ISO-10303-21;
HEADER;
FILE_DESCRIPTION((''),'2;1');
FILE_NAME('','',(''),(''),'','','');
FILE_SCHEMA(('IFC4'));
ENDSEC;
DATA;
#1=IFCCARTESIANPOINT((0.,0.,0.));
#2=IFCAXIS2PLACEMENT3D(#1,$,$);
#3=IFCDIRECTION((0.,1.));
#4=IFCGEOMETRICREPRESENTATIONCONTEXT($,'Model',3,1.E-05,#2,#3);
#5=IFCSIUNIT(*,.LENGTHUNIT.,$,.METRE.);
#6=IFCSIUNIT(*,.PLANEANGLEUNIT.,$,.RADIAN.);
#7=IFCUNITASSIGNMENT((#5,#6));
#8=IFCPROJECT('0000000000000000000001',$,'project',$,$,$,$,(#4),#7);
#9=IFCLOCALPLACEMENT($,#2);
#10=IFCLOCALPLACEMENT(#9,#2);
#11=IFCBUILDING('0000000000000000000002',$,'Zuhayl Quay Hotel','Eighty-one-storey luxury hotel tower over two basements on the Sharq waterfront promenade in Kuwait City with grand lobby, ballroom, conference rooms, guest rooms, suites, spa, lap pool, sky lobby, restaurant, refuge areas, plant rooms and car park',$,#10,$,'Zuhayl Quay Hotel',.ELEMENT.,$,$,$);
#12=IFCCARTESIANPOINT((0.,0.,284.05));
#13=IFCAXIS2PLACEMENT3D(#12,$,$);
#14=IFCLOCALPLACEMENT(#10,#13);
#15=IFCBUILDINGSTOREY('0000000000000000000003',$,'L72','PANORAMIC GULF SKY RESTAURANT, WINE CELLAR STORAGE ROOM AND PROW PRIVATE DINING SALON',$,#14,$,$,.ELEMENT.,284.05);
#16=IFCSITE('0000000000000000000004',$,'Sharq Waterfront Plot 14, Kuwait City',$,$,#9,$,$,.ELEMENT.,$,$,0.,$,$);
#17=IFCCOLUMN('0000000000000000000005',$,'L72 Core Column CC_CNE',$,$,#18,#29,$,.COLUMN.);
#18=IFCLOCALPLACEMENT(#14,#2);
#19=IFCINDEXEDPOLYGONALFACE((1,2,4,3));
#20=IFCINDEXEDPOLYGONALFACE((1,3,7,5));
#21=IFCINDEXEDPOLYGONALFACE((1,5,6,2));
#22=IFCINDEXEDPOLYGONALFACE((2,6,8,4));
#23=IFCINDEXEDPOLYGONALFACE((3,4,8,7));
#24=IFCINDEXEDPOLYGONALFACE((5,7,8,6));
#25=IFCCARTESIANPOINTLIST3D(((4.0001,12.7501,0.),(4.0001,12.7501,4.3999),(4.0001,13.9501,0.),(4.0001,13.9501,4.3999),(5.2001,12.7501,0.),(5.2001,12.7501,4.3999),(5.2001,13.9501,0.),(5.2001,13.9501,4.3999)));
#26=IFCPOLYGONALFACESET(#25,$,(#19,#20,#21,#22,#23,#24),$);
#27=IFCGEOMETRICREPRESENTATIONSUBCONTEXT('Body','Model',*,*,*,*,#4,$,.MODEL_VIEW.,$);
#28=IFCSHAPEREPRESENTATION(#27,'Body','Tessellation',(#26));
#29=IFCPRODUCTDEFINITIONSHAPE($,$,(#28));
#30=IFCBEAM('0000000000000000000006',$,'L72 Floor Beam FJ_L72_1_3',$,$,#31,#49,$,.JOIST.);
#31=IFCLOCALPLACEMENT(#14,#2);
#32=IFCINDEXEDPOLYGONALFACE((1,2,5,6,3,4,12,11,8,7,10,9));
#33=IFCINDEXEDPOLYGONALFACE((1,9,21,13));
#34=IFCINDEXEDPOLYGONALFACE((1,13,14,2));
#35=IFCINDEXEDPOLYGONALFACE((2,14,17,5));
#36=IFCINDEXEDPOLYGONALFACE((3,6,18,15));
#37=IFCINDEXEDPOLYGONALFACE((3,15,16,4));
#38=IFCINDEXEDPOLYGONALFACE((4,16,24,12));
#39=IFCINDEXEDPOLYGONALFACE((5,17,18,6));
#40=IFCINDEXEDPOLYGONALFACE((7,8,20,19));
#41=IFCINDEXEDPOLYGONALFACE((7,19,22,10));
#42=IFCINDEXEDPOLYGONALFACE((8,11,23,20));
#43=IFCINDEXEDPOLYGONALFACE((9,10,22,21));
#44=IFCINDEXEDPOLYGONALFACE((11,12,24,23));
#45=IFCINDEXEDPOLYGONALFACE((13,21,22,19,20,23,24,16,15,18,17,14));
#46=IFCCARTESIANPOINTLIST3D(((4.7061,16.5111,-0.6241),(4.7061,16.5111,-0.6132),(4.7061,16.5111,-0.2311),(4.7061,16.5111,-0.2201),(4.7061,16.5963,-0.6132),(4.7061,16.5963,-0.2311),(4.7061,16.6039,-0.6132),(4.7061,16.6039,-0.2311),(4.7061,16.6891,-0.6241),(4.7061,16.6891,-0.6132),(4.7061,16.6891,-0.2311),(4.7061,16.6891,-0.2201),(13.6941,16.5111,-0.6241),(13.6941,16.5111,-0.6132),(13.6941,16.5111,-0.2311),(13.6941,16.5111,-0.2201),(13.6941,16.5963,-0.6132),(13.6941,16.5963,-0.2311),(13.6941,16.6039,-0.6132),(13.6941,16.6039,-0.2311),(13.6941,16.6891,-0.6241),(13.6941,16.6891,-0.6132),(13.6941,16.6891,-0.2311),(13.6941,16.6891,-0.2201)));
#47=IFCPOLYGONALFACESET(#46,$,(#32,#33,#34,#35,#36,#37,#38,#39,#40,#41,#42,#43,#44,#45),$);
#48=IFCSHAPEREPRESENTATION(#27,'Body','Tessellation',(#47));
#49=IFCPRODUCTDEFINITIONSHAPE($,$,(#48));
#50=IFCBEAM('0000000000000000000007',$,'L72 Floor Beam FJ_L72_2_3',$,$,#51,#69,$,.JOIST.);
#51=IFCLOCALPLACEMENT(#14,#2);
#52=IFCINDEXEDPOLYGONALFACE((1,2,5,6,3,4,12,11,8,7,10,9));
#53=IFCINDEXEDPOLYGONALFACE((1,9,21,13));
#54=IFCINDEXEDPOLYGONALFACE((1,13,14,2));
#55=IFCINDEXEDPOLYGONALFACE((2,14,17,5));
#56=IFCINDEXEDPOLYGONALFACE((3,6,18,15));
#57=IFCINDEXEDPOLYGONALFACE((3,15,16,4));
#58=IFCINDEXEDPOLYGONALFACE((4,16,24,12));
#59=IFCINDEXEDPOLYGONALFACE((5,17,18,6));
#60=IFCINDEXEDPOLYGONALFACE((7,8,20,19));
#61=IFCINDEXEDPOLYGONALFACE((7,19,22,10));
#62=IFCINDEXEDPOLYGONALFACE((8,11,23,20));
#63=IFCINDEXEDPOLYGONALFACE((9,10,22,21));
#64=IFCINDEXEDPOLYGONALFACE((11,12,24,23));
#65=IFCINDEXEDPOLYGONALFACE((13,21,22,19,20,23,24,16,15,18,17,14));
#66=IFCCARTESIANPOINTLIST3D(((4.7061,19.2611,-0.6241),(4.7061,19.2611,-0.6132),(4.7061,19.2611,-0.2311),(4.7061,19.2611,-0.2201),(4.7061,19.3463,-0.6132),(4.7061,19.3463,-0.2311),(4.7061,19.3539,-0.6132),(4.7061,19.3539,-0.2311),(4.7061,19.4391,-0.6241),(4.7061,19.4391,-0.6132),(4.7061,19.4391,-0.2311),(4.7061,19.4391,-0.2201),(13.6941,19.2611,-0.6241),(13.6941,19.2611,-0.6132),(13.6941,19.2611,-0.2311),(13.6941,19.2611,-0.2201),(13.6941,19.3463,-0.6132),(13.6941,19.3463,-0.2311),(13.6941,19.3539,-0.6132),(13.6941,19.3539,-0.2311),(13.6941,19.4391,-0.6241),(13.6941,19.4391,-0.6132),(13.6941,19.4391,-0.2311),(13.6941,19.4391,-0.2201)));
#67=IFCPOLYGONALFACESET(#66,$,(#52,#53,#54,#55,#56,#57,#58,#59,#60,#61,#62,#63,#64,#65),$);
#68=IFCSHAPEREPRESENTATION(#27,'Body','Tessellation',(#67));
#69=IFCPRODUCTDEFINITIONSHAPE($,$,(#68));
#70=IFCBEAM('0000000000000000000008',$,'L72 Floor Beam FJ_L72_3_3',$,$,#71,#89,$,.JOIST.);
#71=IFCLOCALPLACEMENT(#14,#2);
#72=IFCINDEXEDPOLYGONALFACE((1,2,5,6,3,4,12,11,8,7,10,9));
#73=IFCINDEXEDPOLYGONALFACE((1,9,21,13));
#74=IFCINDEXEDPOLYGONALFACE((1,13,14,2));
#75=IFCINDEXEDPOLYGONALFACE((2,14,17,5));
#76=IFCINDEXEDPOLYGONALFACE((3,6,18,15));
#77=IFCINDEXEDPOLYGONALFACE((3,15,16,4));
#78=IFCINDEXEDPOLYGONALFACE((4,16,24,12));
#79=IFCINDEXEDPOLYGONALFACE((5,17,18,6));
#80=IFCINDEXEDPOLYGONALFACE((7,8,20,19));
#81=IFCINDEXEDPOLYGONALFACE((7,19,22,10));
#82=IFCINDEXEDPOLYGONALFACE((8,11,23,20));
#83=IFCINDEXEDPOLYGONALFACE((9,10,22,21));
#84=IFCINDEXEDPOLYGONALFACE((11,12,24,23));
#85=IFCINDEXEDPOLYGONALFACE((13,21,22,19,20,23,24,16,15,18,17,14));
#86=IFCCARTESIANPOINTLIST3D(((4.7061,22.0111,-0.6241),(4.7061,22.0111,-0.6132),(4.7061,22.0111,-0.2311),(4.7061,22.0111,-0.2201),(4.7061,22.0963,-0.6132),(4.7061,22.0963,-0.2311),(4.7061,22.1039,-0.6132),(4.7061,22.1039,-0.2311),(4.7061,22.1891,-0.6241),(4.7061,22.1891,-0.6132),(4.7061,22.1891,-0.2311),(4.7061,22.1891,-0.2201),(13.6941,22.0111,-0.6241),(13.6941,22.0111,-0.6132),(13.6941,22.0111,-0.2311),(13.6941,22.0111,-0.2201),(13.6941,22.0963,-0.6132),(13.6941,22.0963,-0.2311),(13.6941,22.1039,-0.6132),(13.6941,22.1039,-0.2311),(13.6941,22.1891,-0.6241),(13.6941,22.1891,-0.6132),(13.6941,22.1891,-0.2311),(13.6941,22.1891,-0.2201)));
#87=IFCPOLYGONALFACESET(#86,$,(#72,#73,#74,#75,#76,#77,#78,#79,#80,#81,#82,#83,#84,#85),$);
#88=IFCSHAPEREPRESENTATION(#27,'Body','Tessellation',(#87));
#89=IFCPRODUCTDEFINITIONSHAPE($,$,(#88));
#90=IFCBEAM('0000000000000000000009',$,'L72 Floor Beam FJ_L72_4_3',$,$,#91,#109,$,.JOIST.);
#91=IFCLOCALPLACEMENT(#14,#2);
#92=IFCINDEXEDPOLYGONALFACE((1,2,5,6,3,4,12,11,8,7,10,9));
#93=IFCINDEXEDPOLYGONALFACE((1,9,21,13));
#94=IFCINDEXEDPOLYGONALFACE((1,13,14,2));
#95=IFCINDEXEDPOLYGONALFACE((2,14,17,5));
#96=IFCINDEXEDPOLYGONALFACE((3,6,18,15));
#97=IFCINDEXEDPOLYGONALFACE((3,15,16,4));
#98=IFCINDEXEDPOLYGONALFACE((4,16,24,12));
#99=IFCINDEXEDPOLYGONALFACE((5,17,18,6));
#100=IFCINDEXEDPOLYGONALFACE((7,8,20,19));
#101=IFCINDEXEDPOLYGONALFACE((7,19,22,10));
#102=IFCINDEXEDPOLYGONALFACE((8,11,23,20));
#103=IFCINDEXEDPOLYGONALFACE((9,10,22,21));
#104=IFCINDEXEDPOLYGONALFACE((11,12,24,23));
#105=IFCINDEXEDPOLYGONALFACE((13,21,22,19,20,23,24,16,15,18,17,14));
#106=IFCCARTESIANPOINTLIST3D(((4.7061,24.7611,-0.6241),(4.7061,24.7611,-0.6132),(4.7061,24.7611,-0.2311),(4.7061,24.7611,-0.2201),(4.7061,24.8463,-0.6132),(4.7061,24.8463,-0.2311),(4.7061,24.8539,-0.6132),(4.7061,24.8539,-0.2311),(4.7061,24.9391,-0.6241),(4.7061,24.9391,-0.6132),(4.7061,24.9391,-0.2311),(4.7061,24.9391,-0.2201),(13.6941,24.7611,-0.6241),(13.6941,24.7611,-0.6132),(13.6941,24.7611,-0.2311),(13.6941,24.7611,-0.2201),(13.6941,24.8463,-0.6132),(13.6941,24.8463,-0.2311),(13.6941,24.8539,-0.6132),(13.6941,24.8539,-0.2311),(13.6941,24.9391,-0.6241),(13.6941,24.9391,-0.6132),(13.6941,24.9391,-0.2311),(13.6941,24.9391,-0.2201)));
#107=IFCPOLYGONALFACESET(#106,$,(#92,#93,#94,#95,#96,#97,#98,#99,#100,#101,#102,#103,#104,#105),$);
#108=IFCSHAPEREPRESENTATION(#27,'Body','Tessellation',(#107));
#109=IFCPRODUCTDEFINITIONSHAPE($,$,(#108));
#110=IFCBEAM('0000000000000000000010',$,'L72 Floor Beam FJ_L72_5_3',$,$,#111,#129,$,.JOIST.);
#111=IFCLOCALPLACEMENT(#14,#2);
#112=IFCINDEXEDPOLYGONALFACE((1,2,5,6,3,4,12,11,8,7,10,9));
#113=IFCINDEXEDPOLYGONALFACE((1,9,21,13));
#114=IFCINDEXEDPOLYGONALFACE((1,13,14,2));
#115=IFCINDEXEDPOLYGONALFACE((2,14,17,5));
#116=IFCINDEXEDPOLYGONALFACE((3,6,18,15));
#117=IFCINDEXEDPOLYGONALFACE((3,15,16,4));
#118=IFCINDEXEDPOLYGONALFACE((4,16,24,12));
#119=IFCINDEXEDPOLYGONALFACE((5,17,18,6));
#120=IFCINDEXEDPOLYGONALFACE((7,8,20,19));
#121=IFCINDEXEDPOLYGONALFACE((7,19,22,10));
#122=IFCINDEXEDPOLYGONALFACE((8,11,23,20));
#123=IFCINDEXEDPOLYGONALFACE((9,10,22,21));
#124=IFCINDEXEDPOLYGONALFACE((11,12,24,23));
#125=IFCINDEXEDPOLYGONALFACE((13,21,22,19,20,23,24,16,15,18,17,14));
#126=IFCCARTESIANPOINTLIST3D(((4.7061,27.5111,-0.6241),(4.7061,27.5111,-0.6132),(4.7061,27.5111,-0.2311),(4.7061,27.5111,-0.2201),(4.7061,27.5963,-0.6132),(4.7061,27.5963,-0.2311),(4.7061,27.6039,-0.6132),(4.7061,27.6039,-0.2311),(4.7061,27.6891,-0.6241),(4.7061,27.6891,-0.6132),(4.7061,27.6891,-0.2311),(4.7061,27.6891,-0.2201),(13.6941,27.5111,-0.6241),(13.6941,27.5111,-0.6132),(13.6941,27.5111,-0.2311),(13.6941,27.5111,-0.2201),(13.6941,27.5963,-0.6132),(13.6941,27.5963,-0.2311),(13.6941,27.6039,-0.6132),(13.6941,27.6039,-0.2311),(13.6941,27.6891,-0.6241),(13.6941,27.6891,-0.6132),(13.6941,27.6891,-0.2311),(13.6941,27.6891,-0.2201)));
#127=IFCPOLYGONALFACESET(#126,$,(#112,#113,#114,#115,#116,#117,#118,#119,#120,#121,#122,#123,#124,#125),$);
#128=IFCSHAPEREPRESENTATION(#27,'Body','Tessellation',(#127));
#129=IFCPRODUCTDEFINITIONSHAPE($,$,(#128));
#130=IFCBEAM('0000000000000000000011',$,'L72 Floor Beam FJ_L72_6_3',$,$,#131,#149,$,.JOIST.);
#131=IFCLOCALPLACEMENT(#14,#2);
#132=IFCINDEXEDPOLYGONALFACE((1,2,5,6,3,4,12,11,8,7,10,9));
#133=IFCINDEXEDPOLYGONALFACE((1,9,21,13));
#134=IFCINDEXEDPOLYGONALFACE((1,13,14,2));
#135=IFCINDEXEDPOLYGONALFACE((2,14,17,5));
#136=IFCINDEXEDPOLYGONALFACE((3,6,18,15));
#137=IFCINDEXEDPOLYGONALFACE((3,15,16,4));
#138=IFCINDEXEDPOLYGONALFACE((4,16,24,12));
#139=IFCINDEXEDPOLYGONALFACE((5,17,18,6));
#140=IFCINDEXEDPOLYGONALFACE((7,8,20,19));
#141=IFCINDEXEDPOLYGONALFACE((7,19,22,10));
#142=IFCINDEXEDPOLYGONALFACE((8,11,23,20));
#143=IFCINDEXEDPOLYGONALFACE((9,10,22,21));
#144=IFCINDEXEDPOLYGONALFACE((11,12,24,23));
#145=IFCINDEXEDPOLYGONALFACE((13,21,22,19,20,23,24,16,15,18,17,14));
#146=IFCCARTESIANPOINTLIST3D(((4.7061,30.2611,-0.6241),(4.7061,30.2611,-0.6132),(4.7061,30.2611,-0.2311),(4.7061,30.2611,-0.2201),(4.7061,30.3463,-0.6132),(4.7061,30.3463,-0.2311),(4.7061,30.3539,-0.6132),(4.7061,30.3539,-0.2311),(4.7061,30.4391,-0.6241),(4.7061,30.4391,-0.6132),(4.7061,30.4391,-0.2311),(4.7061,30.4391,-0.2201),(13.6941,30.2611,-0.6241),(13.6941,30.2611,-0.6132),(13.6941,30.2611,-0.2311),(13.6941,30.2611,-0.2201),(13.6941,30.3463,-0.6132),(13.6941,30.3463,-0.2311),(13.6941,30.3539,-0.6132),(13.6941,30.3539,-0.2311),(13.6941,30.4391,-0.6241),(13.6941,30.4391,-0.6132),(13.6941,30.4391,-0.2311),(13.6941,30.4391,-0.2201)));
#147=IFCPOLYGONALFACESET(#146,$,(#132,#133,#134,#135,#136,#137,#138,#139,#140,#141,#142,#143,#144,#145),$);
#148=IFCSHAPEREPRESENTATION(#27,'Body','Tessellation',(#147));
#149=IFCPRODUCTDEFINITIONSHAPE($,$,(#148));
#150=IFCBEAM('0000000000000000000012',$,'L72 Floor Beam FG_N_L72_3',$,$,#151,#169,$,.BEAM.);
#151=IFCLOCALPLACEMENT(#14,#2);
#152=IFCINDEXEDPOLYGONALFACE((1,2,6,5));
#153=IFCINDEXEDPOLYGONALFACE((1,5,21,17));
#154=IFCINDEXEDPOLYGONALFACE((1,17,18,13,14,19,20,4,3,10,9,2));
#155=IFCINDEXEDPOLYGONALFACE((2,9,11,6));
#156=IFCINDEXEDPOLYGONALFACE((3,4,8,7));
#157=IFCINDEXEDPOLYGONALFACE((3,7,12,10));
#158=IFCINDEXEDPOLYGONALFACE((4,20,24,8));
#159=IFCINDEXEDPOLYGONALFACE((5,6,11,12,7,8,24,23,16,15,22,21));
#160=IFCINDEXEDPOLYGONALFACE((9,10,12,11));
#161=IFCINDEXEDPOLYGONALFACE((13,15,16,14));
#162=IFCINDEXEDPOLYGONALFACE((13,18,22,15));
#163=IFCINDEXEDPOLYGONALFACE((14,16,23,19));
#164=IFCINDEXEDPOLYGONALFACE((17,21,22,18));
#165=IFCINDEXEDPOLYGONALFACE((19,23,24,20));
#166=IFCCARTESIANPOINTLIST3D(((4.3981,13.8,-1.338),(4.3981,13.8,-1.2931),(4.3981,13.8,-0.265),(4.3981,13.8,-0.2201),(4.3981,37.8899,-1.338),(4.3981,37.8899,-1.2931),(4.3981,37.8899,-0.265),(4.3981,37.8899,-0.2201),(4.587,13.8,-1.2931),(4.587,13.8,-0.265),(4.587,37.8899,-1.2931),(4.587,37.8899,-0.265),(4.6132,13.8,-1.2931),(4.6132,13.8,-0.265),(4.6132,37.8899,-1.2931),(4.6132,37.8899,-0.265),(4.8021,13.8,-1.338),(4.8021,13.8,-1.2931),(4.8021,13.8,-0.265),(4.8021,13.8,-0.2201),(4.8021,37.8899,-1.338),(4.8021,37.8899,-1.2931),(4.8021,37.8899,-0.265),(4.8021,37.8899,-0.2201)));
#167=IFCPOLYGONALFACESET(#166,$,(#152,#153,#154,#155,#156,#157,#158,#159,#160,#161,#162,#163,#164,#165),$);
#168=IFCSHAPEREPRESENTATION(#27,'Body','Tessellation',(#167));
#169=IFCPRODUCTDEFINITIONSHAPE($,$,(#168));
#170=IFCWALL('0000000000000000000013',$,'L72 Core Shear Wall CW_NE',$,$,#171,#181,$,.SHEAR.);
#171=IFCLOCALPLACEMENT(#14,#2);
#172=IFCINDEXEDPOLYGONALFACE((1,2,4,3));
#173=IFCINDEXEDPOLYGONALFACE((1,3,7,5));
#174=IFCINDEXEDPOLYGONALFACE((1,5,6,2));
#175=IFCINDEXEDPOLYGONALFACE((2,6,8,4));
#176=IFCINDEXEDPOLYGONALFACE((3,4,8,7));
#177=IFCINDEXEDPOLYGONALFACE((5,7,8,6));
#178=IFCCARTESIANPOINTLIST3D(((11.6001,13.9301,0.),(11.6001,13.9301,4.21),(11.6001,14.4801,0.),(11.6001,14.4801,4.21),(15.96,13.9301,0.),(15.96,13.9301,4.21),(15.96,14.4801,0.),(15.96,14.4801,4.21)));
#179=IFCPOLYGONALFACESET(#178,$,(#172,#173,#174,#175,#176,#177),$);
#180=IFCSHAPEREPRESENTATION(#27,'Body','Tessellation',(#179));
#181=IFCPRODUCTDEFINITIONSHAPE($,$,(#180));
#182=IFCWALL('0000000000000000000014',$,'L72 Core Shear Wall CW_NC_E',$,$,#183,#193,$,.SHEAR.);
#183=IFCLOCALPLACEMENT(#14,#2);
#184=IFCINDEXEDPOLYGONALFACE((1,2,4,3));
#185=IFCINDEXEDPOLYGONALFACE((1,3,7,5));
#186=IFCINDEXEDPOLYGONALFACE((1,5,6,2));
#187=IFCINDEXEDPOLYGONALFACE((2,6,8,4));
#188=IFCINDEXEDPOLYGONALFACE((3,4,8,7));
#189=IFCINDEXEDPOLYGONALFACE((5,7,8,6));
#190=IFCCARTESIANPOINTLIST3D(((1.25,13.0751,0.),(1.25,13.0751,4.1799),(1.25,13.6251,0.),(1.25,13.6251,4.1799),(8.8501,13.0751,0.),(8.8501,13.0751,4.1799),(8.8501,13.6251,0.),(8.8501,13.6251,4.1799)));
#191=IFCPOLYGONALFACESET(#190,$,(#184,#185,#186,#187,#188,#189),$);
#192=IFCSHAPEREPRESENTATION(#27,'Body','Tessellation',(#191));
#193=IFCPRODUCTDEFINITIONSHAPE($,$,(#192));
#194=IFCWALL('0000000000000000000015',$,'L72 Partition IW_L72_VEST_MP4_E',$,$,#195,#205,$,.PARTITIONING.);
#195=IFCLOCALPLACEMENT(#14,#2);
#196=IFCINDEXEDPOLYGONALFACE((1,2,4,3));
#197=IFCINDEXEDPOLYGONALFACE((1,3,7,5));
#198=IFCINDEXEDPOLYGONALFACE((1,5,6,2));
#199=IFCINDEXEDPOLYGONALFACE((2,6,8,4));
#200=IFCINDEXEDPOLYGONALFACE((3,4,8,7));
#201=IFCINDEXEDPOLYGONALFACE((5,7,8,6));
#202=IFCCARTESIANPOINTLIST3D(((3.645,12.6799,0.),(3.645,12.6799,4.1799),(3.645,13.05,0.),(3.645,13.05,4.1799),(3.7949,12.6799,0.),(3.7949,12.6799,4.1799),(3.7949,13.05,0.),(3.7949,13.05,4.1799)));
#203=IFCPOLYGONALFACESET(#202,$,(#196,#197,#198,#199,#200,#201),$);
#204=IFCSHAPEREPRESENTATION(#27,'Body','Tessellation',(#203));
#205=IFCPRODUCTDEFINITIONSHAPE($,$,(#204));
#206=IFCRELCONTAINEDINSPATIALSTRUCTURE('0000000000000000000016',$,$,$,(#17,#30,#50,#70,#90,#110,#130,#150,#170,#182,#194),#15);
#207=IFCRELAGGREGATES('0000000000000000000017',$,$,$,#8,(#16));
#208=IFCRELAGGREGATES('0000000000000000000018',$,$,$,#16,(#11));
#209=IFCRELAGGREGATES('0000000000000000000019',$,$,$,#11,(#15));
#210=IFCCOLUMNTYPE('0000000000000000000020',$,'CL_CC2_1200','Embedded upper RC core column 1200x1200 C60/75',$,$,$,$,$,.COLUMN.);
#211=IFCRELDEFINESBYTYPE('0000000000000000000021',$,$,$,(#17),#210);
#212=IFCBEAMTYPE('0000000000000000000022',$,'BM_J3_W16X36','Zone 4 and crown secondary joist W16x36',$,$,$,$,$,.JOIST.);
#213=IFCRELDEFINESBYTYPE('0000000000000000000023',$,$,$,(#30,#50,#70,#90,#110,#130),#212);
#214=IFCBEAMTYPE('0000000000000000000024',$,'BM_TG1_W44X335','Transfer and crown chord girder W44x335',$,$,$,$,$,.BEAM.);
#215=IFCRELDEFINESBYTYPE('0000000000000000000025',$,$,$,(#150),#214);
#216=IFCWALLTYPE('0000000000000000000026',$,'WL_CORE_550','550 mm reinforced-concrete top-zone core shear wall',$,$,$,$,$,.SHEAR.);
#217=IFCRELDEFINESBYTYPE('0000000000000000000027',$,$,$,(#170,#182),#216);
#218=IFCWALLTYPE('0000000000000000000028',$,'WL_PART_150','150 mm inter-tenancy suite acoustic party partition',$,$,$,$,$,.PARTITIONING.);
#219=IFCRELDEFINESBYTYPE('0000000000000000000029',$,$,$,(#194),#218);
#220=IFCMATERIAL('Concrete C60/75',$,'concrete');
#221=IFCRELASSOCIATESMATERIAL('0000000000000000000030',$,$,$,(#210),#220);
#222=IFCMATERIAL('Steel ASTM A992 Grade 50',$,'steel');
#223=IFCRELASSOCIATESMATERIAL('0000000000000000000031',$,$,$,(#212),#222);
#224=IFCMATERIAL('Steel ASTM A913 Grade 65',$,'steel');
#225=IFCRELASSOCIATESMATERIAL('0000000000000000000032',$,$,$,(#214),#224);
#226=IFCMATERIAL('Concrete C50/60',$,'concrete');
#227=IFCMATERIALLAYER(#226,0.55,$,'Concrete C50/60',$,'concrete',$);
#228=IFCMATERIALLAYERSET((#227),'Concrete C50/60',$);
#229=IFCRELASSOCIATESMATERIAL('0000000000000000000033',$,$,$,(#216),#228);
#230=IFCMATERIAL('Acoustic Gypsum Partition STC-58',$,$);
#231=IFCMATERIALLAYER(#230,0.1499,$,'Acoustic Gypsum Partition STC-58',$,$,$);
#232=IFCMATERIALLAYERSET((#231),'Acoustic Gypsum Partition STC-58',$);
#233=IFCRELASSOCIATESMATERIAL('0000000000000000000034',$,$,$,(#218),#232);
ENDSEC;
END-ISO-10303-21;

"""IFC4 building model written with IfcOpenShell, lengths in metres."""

from ifc_helpers import new_model, si_unit, direction, frame, frame_2d, origin, origin_2d, place, context, subcontext, project, spatial, rectangle, i_section, extrude, material, layer, layer_set, material_profile, profile_set, type_object, element, save


model = new_model("IFC4")

# Units and contexts
model_context = context("Model", 3, precision=1e-05, world=origin(), true_north=direction((0.0, 1.0)))
body_context = subcontext(model_context, "Body", "Model", "MODEL_VIEW")
ifc_project = project(units=[si_unit("LENGTHUNIT", "METRE"), si_unit("PLANEANGLEUNIT", "RADIAN")], contexts=[model_context])

# Site, building, storey
site_placement = place(None, origin())
site = spatial("IfcSite", under=ifc_project, at=site_placement, Name="Sharq Waterfront Plot 14, Kuwait City", CompositionType="ELEMENT", RefElevation=0.0)
building_placement = place(site_placement, origin())
building = spatial("IfcBuilding", under=site, at=building_placement, Name="Zuhayl Quay Hotel", Description="Eighty-one-storey luxury hotel tower over two basements on the Sharq waterfront promenade in Kuwait City with grand lobby, ballroom, conference rooms, guest rooms, suites, spa, lap pool, sky lobby, restaurant, refuge areas, plant rooms and car park", LongName="Zuhayl Quay Hotel", CompositionType="ELEMENT")
storey_placement = place(building_placement, frame((0.0, 0.0, 284.05)))
storey = spatial("IfcBuildingStorey", under=building, at=storey_placement, Name="L72", Description="PANORAMIC GULF SKY RESTAURANT, WINE CELLAR STORAGE ROOM AND PROW PRIVATE DINING SALON", CompositionType="ELEMENT", Elevation=284.05)

# Column
ifc_material_1 = material(Name="Concrete C60/75", Category="concrete")
ifc_material_profile_1 = material_profile(ifc_material_1, rectangle(XDim=1.2, YDim=1.2, at=origin_2d()), Name="RC1200X1200")
ifc_profile_set_1 = profile_set([ifc_material_profile_1], Name="Concrete C60/75")
column_type = type_object("IfcColumnType", Name="CL_CC2_1200", Description="Embedded upper RC core column 1200x1200 C60/75", PredefinedType="COLUMN", material=ifc_profile_set_1)
column_placement = place(storey_placement, frame((4.6001, 13.3501, 0.0), z_axis=(0.0, 0.0, 1.0), x_axis=(1.0, 0.0, 0.0)))
element("IfcColumn", 1, at=column_placement, inside=storey, type_object=column_type, Name="L72 Core Column CC_CNE", PredefinedType="COLUMN", context=body_context, shape_type="SweptSolid", body=[
    extrude(rectangle(XDim=1.2, YDim=1.2, at=origin_2d()), origin(), (0.0, 0.0, 1.0), 4.3999),
])

# Beams
ifc_material_2 = material(Name="Steel ASTM A992 Grade 50", Category="steel")
ifc_material_profile_2 = material_profile(ifc_material_2, i_section(OverallWidth=0.178, OverallDepth=0.4041, WebThickness=0.0076, FlangeThickness=0.011, at=origin_2d()), Name="W16X36")
ifc_profile_set_2 = profile_set([ifc_material_profile_2], Name="Steel ASTM A992 Grade 50")
beam_type_1 = type_object("IfcBeamType", Name="BM_J3_W16X36", Description="Zone 4 and crown secondary joist W16x36", PredefinedType="JOIST", material=ifc_profile_set_2)
for number, where, z_axis, x_axis, name in (
    (2, (4.7061, 16.6001, -0.4221), (1.0, 0.0, 0.0), (0.0, 1.0, 0.0), "L72 Floor Beam FJ_L72_1_3"),
    (3, (4.7061, 19.3501, -0.4221), (1.0, 0.0, 0.0), (0.0, 1.0, 0.0), "L72 Floor Beam FJ_L72_2_3"),
    (4, (4.7061, 22.1001, -0.4221), (1.0, 0.0, 0.0), (0.0, 1.0, 0.0), "L72 Floor Beam FJ_L72_3_3"),
    (5, (4.7061, 24.8501, -0.4221), (1.0, 0.0, 0.0), (0.0, 1.0, 0.0), "L72 Floor Beam FJ_L72_4_3"),
    (6, (4.7061, 27.6001, -0.4221), (1.0, 0.0, 0.0), (0.0, 1.0, 0.0), "L72 Floor Beam FJ_L72_5_3"),
    (7, (4.7061, 30.3501, -0.4221), (1.0, 0.0, 0.0), (0.0, 1.0, 0.0), "L72 Floor Beam FJ_L72_6_3"),
):
    element("IfcBeam", number, at=place(storey_placement, frame(where, z_axis=z_axis, x_axis=x_axis)), inside=storey, type_object=beam_type_1, Name=name, PredefinedType="JOIST", context=body_context, shape_type="SweptSolid", body=[
        extrude(i_section(OverallWidth=0.178, OverallDepth=0.4041, WebThickness=0.0076, FlangeThickness=0.011, at=origin_2d()), origin(), (0.0, 0.0, 1.0), 8.988),
    ])
ifc_material_3 = material(Name="Steel ASTM A913 Grade 65", Category="steel")
ifc_material_profile_3 = material_profile(ifc_material_3, i_section(OverallWidth=0.4041, OverallDepth=1.1179, WebThickness=0.0261, FlangeThickness=0.0449, at=origin_2d()), Name="W44X335")
ifc_profile_set_3 = profile_set([ifc_material_profile_3], Name="Steel ASTM A913 Grade 65")
beam_type_2 = type_object("IfcBeamType", Name="BM_TG1_W44X335", Description="Transfer and crown chord girder W44x335", PredefinedType="BEAM", material=ifc_profile_set_3)
beam_placement = place(storey_placement, frame((4.6001, 13.8, -0.7791), z_axis=(0.0, 1.0, 0.0), x_axis=(-1.0, 0.0, 0.0)))
element("IfcBeam", 8, at=beam_placement, inside=storey, type_object=beam_type_2, Name="L72 Floor Beam FG_N_L72_3", PredefinedType="BEAM", context=body_context, shape_type="SweptSolid", body=[
    extrude(i_section(OverallWidth=0.4041, OverallDepth=1.1179, WebThickness=0.0261, FlangeThickness=0.0449, at=origin_2d()), origin(), (0.0, 0.0, 1.0), 24.0898),
])

# Walls
ifc_material_4 = material(Name="Concrete C50/60", Category="concrete")
ifc_layer_1 = layer(ifc_material_4, 0.55, Name="Concrete C50/60", Category="concrete")
ifc_layer_set_1 = layer_set([ifc_layer_1], Name="Concrete C50/60")
wall_type_1 = type_object("IfcWallType", Name="WL_CORE_550", Description="550 mm reinforced-concrete top-zone core shear wall", PredefinedType="SHEAR", material=ifc_layer_set_1)
wall_1_placement = place(storey_placement, frame((11.6001, 14.2051, 0.0), z_axis=(0.0, 0.0, 1.0), x_axis=(1.0, 0.0, 0.0)))
element("IfcWall", 9, at=wall_1_placement, inside=storey, type_object=wall_type_1, Name="L72 Core Shear Wall CW_NE", PredefinedType="SHEAR", context=body_context, shape_type="SweptSolid", body=[
    extrude(rectangle(XDim=4.3599, YDim=0.55, at=frame_2d((2.1799, 0.0))), origin(), (0.0, 0.0, 1.0), 4.21),
])
wall_2_placement = place(storey_placement, frame((1.25, 13.3501, 0.0), z_axis=(0.0, 0.0, 1.0), x_axis=(1.0, 0.0, 0.0)))
element("IfcWall", 10, at=wall_2_placement, inside=storey, type_object=wall_type_1, Name="L72 Core Shear Wall CW_NC_E", PredefinedType="SHEAR", context=body_context, shape_type="SweptSolid", body=[
    extrude(rectangle(XDim=7.6001, YDim=0.55, at=frame_2d((3.8, 0.0))), origin(), (0.0, 0.0, 1.0), 4.1799),
])
ifc_material_5 = material(Name="Acoustic Gypsum Partition STC-58")
ifc_layer_2 = layer(ifc_material_5, 0.1499, Name="Acoustic Gypsum Partition STC-58")
ifc_layer_set_2 = layer_set([ifc_layer_2], Name="Acoustic Gypsum Partition STC-58")
wall_type_2 = type_object("IfcWallType", Name="WL_PART_150", Description="150 mm inter-tenancy suite acoustic party partition", PredefinedType="PARTITIONING", material=ifc_layer_set_2)
wall_3_placement = place(storey_placement, frame((3.72, 12.6799, 0.0), z_axis=(0.0, 0.0, 1.0), x_axis=(0.0, 1.0, 0.0)))
element("IfcWall", 11, at=wall_3_placement, inside=storey, type_object=wall_type_2, Name="L72 Partition IW_L72_VEST_MP4_E", PredefinedType="PARTITIONING", context=body_context, shape_type="SweptSolid", body=[
    extrude(rectangle(XDim=0.3701, YDim=0.1499, at=frame_2d((0.1851, 0.0))), origin(), (0.0, 0.0, 1.0), 4.1799),
])

save(model, "model.ifc")
